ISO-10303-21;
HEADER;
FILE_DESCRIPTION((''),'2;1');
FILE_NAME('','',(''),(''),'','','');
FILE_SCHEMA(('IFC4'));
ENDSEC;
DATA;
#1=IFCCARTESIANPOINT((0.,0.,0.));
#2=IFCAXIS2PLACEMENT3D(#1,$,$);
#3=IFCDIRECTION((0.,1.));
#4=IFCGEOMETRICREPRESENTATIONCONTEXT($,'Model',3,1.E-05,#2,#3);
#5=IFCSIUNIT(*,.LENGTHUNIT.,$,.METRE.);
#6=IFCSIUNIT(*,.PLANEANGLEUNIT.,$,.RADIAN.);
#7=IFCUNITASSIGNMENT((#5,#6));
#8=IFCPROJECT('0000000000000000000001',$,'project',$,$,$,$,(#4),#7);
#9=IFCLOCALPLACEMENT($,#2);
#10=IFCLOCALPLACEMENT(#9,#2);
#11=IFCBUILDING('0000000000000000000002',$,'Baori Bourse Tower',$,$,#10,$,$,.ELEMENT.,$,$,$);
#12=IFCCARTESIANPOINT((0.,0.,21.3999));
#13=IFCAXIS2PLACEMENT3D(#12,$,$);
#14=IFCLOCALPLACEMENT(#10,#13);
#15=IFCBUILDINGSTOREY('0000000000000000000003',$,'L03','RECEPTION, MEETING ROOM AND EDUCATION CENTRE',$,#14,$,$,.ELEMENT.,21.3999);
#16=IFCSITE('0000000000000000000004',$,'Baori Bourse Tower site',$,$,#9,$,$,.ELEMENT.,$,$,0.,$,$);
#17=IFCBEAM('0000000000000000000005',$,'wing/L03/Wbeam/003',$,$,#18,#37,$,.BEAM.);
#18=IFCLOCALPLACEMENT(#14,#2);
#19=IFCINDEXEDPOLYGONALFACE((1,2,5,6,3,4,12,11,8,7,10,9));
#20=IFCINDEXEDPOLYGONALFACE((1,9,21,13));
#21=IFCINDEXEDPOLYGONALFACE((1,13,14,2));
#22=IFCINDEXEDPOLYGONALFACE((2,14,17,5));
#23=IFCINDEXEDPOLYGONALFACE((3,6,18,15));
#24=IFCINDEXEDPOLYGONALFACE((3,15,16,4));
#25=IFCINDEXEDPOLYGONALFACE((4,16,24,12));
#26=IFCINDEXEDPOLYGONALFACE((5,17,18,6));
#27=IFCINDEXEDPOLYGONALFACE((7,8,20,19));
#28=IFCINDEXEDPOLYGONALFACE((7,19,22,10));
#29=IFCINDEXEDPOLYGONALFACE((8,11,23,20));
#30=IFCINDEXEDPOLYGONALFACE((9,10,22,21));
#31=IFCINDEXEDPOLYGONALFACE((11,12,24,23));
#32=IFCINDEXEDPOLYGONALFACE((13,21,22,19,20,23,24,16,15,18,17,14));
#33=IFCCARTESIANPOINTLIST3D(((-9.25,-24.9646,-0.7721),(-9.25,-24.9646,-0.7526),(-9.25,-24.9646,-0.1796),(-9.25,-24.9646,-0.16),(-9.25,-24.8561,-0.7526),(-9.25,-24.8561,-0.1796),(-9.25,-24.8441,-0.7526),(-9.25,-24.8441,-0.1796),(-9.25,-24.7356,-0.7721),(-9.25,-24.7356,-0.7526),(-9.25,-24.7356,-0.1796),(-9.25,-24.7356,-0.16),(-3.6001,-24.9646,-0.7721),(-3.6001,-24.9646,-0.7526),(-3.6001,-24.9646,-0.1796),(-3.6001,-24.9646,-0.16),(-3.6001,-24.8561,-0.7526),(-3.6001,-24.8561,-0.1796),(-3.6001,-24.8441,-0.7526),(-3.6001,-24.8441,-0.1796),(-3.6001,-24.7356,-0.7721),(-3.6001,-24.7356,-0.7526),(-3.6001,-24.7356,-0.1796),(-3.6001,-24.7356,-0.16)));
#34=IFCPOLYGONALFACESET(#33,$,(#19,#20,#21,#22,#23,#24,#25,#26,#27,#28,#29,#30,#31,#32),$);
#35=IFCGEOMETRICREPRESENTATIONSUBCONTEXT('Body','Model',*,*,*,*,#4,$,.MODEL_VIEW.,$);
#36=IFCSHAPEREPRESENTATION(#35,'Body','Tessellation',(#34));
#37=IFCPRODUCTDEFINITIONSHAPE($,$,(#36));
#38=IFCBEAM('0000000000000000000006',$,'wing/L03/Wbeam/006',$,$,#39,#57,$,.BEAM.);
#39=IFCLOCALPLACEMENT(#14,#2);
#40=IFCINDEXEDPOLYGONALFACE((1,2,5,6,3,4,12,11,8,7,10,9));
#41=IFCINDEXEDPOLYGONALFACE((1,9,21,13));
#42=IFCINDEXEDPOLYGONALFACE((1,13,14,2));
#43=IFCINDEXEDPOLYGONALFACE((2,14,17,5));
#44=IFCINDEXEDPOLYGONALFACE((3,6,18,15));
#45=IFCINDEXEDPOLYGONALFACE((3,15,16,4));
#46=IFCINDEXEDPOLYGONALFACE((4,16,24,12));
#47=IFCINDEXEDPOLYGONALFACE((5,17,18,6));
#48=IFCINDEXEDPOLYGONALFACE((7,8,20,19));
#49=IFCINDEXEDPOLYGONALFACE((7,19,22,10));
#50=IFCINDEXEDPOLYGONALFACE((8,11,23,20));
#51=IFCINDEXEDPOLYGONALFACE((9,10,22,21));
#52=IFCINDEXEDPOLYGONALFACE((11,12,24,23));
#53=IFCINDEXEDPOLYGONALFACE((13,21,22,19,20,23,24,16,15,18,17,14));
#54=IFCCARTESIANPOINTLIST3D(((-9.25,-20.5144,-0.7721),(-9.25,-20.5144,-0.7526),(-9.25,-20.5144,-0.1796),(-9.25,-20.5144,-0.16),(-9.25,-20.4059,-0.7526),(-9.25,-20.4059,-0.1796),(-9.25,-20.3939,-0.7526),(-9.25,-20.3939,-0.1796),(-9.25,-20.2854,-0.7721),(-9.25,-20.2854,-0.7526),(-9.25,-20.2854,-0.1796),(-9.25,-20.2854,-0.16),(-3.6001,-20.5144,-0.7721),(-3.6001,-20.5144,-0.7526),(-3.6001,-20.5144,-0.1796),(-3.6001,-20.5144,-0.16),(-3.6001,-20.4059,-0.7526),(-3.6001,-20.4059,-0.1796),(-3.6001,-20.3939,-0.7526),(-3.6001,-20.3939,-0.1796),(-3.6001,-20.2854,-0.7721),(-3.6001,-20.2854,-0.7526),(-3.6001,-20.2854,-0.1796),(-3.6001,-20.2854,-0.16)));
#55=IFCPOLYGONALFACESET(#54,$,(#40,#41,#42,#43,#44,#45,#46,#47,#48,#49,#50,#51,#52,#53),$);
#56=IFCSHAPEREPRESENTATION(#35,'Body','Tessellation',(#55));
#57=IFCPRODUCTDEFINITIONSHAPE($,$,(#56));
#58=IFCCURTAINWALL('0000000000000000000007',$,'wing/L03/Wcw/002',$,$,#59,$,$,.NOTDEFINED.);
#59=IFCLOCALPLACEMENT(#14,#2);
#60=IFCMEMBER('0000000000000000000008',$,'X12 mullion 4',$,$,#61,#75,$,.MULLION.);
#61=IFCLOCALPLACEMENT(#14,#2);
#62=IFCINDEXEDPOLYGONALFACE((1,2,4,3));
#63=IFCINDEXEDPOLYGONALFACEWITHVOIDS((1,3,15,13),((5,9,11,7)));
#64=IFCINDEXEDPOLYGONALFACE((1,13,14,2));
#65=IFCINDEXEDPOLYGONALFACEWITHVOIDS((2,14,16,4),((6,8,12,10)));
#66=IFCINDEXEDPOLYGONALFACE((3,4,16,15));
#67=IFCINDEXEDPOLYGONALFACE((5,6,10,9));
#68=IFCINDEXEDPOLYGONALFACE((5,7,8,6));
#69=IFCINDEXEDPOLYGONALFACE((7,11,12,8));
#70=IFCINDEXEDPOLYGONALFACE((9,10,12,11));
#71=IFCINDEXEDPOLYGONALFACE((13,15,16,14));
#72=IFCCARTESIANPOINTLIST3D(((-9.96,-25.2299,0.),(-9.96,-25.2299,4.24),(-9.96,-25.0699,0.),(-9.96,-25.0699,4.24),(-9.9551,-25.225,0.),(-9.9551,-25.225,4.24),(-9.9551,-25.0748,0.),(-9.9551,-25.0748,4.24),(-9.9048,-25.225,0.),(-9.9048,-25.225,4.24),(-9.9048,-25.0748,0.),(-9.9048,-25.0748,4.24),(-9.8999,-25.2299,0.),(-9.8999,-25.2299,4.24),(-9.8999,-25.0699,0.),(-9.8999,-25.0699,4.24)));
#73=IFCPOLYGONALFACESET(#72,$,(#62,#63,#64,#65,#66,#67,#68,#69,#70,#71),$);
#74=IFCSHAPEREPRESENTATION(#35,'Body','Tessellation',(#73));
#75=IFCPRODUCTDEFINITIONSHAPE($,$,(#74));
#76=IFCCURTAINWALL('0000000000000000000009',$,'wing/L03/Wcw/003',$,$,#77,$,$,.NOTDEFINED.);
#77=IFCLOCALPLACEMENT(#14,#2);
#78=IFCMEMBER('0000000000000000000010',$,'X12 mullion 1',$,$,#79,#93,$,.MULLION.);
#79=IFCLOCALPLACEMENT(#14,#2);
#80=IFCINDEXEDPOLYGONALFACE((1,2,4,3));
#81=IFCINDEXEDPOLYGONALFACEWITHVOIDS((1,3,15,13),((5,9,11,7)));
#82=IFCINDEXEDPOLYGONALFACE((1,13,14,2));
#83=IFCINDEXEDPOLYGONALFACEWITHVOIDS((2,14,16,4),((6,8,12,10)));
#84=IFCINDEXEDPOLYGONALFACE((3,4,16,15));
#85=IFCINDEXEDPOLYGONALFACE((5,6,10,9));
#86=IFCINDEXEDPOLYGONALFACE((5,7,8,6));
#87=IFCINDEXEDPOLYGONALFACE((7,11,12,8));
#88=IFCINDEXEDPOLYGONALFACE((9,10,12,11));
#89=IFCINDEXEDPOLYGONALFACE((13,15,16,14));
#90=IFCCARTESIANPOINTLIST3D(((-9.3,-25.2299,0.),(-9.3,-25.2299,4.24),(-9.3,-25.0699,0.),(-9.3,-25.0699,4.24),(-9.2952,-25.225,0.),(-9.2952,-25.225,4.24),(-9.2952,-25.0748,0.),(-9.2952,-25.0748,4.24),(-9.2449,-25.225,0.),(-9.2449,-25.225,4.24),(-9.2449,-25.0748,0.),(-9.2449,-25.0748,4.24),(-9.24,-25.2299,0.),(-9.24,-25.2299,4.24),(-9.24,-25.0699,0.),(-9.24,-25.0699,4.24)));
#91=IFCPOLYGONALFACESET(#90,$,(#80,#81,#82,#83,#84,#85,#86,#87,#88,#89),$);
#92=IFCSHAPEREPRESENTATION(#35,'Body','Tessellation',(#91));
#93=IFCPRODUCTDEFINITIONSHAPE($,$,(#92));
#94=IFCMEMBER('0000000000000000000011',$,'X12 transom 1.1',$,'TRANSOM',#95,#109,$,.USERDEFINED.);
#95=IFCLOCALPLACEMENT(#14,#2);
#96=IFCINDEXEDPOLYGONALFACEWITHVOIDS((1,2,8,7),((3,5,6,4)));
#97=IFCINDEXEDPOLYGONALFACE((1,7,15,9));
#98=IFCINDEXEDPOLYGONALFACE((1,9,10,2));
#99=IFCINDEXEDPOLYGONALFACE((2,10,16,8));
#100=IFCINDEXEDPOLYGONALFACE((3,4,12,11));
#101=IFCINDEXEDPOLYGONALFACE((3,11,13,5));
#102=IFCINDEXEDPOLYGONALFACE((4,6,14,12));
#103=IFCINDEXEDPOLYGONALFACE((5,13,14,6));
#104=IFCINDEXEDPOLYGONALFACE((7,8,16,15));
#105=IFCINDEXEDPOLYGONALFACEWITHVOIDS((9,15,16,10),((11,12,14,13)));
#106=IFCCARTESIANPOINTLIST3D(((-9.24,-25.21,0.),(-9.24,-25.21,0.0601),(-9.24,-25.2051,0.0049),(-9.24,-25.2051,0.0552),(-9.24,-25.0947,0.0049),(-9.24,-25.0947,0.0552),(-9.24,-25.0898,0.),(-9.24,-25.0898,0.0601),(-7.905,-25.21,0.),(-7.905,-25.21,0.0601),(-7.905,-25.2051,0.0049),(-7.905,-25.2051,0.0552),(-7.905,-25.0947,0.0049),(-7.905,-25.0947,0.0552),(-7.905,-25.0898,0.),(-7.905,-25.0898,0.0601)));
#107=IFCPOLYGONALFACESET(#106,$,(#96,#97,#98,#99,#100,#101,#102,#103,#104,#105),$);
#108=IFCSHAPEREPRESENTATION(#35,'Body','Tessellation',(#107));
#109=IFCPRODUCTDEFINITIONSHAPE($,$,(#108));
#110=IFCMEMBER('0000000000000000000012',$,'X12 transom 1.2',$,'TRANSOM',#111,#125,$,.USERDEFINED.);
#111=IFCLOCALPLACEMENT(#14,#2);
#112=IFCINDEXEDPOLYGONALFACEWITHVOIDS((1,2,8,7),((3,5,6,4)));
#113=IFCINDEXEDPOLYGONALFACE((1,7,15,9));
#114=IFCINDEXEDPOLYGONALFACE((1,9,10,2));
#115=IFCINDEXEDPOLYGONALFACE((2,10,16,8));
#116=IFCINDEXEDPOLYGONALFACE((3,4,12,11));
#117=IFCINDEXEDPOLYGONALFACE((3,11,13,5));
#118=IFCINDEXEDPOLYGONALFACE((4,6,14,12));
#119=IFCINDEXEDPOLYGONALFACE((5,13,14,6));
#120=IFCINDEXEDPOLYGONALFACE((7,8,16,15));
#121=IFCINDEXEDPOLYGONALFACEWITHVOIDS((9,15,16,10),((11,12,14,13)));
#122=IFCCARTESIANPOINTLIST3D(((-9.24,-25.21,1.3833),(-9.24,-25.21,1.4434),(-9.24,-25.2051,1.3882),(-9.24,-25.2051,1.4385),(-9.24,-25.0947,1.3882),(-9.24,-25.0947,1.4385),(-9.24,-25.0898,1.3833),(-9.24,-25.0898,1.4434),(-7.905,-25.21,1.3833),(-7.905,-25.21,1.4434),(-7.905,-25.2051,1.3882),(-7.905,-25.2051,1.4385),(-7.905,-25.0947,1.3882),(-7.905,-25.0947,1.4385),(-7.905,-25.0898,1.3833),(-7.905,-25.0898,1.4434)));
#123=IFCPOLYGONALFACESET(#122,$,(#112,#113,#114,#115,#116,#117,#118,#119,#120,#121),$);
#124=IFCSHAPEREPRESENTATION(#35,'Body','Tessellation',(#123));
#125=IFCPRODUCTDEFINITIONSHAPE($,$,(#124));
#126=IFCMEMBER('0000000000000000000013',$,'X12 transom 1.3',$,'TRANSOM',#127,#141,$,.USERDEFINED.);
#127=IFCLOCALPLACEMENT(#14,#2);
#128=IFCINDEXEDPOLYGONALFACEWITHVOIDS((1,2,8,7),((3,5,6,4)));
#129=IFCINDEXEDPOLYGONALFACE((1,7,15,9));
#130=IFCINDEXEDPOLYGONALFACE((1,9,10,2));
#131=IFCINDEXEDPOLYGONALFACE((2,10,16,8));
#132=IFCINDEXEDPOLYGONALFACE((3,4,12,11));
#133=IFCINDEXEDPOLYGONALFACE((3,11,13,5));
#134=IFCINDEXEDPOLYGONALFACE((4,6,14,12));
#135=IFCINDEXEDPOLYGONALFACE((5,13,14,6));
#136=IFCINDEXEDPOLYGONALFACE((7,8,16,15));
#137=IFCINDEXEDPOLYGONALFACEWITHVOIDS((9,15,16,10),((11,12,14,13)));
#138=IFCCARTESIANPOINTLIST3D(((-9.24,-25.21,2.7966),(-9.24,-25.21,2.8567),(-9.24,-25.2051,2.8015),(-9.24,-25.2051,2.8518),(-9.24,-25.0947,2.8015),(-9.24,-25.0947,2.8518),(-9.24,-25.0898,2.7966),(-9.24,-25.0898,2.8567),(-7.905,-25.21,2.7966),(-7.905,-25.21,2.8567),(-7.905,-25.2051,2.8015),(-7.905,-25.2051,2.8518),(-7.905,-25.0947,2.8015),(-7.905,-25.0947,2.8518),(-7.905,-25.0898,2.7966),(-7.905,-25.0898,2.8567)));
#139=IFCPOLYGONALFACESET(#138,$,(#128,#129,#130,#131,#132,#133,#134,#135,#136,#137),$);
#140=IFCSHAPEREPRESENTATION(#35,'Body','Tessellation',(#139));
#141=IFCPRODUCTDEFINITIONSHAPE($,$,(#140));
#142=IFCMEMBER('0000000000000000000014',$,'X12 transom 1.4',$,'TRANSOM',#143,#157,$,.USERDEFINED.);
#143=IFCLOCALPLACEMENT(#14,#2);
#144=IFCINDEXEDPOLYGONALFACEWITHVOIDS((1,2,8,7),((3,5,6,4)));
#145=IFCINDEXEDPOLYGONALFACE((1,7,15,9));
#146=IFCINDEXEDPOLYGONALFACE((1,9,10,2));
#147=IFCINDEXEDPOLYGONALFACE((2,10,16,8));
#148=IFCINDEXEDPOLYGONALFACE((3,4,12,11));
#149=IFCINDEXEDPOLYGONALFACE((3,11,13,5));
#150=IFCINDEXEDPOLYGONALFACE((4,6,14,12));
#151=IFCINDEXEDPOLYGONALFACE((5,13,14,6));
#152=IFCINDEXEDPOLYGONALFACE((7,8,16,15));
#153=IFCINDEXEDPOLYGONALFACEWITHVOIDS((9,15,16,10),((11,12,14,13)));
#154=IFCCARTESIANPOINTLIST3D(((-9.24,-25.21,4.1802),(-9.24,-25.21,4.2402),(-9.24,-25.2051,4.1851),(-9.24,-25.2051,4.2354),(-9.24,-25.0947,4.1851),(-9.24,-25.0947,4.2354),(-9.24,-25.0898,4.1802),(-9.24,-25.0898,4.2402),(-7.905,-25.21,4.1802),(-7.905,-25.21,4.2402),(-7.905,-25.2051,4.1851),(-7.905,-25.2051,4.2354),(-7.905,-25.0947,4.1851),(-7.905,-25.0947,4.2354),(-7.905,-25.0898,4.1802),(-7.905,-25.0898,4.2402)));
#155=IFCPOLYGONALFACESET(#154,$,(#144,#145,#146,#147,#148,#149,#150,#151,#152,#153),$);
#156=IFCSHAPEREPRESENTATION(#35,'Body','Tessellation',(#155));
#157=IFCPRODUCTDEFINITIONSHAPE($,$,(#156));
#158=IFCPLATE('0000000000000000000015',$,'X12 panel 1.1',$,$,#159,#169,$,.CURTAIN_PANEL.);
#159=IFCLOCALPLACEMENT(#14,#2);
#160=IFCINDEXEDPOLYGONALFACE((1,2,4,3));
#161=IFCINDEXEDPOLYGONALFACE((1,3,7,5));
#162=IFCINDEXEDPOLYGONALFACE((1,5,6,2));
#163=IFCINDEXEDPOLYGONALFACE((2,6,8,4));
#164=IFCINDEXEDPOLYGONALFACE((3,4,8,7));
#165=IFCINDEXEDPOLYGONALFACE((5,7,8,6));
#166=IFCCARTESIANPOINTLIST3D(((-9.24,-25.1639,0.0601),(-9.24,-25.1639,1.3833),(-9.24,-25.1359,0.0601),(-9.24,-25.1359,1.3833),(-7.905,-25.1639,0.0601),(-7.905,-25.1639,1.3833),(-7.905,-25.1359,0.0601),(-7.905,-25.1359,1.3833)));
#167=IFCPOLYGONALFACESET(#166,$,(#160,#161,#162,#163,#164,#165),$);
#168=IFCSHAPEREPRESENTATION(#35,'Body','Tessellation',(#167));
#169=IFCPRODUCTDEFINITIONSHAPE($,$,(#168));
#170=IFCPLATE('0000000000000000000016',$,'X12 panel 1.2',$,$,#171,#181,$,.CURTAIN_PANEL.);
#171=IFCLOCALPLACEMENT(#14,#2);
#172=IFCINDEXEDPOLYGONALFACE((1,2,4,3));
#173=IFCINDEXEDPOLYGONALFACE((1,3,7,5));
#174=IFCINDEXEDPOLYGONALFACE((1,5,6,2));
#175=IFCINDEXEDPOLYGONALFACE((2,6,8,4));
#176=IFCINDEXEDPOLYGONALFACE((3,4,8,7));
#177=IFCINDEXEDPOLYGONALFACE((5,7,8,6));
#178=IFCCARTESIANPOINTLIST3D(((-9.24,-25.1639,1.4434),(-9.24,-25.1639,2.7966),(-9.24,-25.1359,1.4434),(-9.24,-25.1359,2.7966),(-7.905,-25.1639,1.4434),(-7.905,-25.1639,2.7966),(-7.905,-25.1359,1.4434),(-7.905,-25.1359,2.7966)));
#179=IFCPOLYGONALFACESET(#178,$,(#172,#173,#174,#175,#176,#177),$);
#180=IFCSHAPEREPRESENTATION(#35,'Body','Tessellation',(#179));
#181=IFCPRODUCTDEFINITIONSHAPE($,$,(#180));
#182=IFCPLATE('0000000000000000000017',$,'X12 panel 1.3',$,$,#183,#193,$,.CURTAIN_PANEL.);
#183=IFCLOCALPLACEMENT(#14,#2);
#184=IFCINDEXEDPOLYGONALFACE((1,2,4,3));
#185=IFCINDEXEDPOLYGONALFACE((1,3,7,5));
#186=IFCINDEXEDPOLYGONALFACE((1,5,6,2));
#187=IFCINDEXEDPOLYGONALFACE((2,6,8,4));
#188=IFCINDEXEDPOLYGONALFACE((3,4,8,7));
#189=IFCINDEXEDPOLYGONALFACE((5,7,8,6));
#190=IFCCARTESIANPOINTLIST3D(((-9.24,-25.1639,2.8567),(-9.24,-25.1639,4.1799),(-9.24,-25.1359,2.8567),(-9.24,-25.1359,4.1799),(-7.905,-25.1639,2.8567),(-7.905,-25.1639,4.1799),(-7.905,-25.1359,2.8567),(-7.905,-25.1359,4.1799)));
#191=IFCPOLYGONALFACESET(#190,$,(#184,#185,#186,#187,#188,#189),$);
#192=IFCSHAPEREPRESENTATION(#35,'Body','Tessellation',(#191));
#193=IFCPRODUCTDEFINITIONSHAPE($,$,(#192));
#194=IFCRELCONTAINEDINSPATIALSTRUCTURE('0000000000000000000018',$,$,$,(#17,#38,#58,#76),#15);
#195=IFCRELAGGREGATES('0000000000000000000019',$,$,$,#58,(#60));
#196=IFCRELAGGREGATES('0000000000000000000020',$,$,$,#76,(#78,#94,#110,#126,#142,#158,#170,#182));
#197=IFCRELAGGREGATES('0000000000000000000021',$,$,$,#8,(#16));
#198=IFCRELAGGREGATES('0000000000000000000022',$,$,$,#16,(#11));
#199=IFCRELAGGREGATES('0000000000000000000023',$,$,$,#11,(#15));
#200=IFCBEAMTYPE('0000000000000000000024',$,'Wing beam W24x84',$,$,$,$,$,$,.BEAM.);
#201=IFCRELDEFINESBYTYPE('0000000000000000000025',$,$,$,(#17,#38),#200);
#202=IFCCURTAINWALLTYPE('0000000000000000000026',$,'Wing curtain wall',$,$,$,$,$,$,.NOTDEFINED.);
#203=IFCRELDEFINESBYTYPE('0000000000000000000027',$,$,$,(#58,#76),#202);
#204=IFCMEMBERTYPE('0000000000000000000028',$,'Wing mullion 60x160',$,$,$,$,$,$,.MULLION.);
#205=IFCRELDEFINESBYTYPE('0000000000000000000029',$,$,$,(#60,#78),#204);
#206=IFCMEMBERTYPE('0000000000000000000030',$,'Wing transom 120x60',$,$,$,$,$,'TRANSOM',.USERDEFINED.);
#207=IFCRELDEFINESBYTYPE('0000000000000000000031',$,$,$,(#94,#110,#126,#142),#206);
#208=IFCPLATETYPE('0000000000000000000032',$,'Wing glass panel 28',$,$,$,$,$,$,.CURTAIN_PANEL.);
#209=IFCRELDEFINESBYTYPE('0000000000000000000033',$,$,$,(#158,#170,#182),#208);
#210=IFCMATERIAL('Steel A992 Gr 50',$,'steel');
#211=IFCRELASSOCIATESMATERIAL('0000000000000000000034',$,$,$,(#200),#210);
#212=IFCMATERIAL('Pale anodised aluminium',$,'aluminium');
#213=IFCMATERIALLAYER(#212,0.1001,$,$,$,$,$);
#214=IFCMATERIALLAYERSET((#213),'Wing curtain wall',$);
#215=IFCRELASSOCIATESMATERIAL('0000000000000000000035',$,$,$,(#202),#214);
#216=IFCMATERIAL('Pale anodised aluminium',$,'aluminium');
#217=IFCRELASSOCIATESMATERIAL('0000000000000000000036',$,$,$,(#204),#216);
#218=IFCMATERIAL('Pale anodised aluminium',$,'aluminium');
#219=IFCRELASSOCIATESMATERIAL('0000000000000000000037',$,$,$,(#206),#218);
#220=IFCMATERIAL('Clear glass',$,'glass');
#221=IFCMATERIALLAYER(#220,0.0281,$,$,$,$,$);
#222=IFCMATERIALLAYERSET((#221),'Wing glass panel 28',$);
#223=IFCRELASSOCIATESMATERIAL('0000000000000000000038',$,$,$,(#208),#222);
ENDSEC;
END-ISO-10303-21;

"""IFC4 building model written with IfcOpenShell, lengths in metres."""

from ifc_helpers import new_model, si_unit, direction, frame, origin, origin_2d, place, context, subcontext, project, spatial, rectangle, hollow_rectangle, i_section, extrude, material, layer, layer_set, material_profile, profile_set, type_object, element, aggregate, save


model = new_model("IFC4")

# Units and contexts
model_context = context("Model", 3, precision=1e-05, world=origin(), true_north=direction((0.0, 1.0)))
body_context = subcontext(model_context, "Body", "Model", "MODEL_VIEW")
ifc_project = project(units=[si_unit("LENGTHUNIT", "METRE"), si_unit("PLANEANGLEUNIT", "RADIAN")], contexts=[model_context])

# Site, building, storey
site_placement = place(None, origin())
site = spatial("IfcSite", under=ifc_project, at=site_placement, Name="Baori Bourse Tower site", CompositionType="ELEMENT", RefElevation=0.0)
building_placement = place(site_placement, origin())
building = spatial("IfcBuilding", under=site, at=building_placement, Name="Baori Bourse Tower", CompositionType="ELEMENT")
storey_placement = place(building_placement, frame((0.0, 0.0, 21.3999)))
storey = spatial("IfcBuildingStorey", under=building, at=storey_placement, Name="L03", Description="RECEPTION, MEETING ROOM AND EDUCATION CENTRE", CompositionType="ELEMENT", Elevation=21.3999)

# Beams
ifc_material_1 = material(Name="Steel A992 Gr 50", Category="steel")
ifc_material_profile_1 = material_profile(ifc_material_1, i_section(OverallWidth=0.229, OverallDepth=0.6121, WebThickness=0.012, FlangeThickness=0.0195, at=origin_2d()), Name="W24x84")
ifc_profile_set_1 = profile_set([ifc_material_profile_1], Name="Steel A992 Gr 50")
beam_type_1 = type_object("IfcBeamType", Name="Wing beam W24x84", PredefinedType="BEAM", material=ifc_profile_set_1)
for number, where, z_axis, x_axis, name in (
    (1, (-9.25, -24.8501, -0.4661), (1.0, 0.0, 0.0), (0.0, 1.0, 0.0), "wing/L03/Wbeam/003"),
    (2, (-9.25, -20.3999, -0.4661), (1.0, 0.0, 0.0), (0.0, 1.0, 0.0), "wing/L03/Wbeam/006"),
):
    element("IfcBeam", number, at=place(storey_placement, frame(where, z_axis=z_axis, x_axis=x_axis)), inside=storey, type_object=beam_type_1, Name=name, PredefinedType="BEAM", context=body_context, shape_type="SweptSolid", body=[
        extrude(i_section(OverallWidth=0.229, OverallDepth=0.6121, WebThickness=0.012, FlangeThickness=0.0195, at=origin_2d()), origin(), (0.0, 0.0, 1.0), 5.6499),
    ])

# Curtain wall, member
ifc_material_2 = material(Name="Pale anodised aluminium", Category="aluminium")
ifc_layer_1 = layer(ifc_material_2, 0.1001)
ifc_layer_set_1 = layer_set([ifc_layer_1], Name="Wing curtain wall")
curtain_wall_type = type_object("IfcCurtainWallType", Name="Wing curtain wall", PredefinedType="NOTDEFINED", material=ifc_layer_set_1)
curtain_wall_1_placement = place(storey_placement, origin())
curtain_wall_1 = element("IfcCurtainWall", 3, at=curtain_wall_1_placement, inside=storey, type_object=curtain_wall_type, Name="wing/L03/Wcw/002", PredefinedType="NOTDEFINED")
ifc_material_3 = material(Name="Pale anodised aluminium", Category="aluminium")
ifc_material_profile_2 = material_profile(ifc_material_3, hollow_rectangle(XDim=0.1599, YDim=0.0601, WallThickness=0.0049, at=origin_2d()), Name="Mullion 160x60x5")
ifc_profile_set_2 = profile_set([ifc_material_profile_2], Name="Pale anodised aluminium")
member_type_1 = type_object("IfcMemberType", Name="Wing mullion 60x160", PredefinedType="MULLION", material=ifc_profile_set_2)
member_1_placement = place(storey_placement, frame((-9.9299, -25.1499, 0.0), z_axis=(0.0, 0.0, 1.0), x_axis=(0.0, 1.0, 0.0)))
member_1 = element("IfcMember", 4, at=member_1_placement, type_object=member_type_1, Name="X12 mullion 4", PredefinedType="MULLION", context=body_context, shape_type="SweptSolid", body=[
    extrude(hollow_rectangle(XDim=0.1599, YDim=0.0601, WallThickness=0.0049, at=origin_2d()), origin(), (0.0, 0.0, 1.0), 4.24),
])
aggregate(curtain_wall_1, [member_1])

# Curtain wall, members, plates
curtain_wall_2_placement = place(storey_placement, origin())
curtain_wall_2 = element("IfcCurtainWall", 5, at=curtain_wall_2_placement, inside=storey, type_object=curtain_wall_type, Name="wing/L03/Wcw/003", PredefinedType="NOTDEFINED")
member_2_placement = place(storey_placement, frame((-9.27, -25.1499, 0.0), z_axis=(0.0, 0.0, 1.0), x_axis=(0.0, 1.0, 0.0)))
member_2 = element("IfcMember", 6, at=member_2_placement, type_object=member_type_1, Name="X12 mullion 1", PredefinedType="MULLION", context=body_context, shape_type="SweptSolid", body=[
    extrude(hollow_rectangle(XDim=0.1599, YDim=0.0601, WallThickness=0.0049, at=origin_2d()), origin(), (0.0, 0.0, 1.0), 4.24),
])
ifc_material_4 = material(Name="Pale anodised aluminium", Category="aluminium")
ifc_material_profile_3 = material_profile(ifc_material_4, hollow_rectangle(XDim=0.1201, YDim=0.0601, WallThickness=0.0049, at=origin_2d()), Name="Transom 120x60x5")
ifc_profile_set_3 = profile_set([ifc_material_profile_3], Name="Pale anodised aluminium")
member_type_2 = type_object("IfcMemberType", Name="Wing transom 120x60", ElementType="TRANSOM", PredefinedType="USERDEFINED", material=ifc_profile_set_3)
member_3_placement = place(storey_placement, frame((-9.24, -25.1499, 0.03), z_axis=(1.0, 0.0, 0.0), x_axis=(0.0, 1.0, 0.0)))
member_3 = element("IfcMember", 7, at=member_3_placement, type_object=member_type_2, Name="X12 transom 1.1", ObjectType="TRANSOM", PredefinedType="USERDEFINED", context=body_context, shape_type="SweptSolid", body=[
    extrude(hollow_rectangle(XDim=0.1201, YDim=0.0601, WallThickness=0.0049, at=origin_2d()), origin(), (0.0, 0.0, 1.0), 1.335),
])
member_4_placement = place(storey_placement, frame((-9.24, -25.1499, 1.4133), z_axis=(1.0, 0.0, 0.0), x_axis=(0.0, 1.0, 0.0)))
member_4 = element("IfcMember", 8, at=member_4_placement, type_object=member_type_2, Name="X12 transom 1.2", ObjectType="TRANSOM", PredefinedType="USERDEFINED", context=body_context, shape_type="SweptSolid", body=[
    extrude(hollow_rectangle(XDim=0.1201, YDim=0.0601, WallThickness=0.0049, at=origin_2d()), origin(), (0.0, 0.0, 1.0), 1.335),
])
member_5_placement = place(storey_placement, frame((-9.24, -25.1499, 2.8267), z_axis=(1.0, 0.0, 0.0), x_axis=(0.0, 1.0, 0.0)))
member_5 = element("IfcMember", 9, at=member_5_placement, type_object=member_type_2, Name="X12 transom 1.3", ObjectType="TRANSOM", PredefinedType="USERDEFINED", context=body_context, shape_type="SweptSolid", body=[
    extrude(hollow_rectangle(XDim=0.1201, YDim=0.0601, WallThickness=0.0049, at=origin_2d()), origin(), (0.0, 0.0, 1.0), 1.335),
])
member_6_placement = place(storey_placement, frame((-9.24, -25.1499, 4.2102), z_axis=(1.0, 0.0, 0.0), x_axis=(0.0, 1.0, 0.0)))
member_6 = element("IfcMember", 10, at=member_6_placement, type_object=member_type_2, Name="X12 transom 1.4", ObjectType="TRANSOM", PredefinedType="USERDEFINED", context=body_context, shape_type="SweptSolid", body=[
    extrude(hollow_rectangle(XDim=0.1201, YDim=0.0601, WallThickness=0.0049, at=origin_2d()), origin(), (0.0, 0.0, 1.0), 1.335),
])
ifc_material_5 = material(Name="Clear glass", Category="glass")
ifc_layer_2 = layer(ifc_material_5, 0.0281)
ifc_layer_set_2 = layer_set([ifc_layer_2], Name="Wing glass panel 28")
plate_type = type_object("IfcPlateType", Name="Wing glass panel 28", PredefinedType="CURTAIN_PANEL", material=ifc_layer_set_2)
plate_1_placement = place(storey_placement, frame((-8.5725, -25.1499, 0.0601), z_axis=(0.0, 0.0, 1.0), x_axis=(1.0, 0.0, 0.0)))
plate_1 = element("IfcPlate", 11, at=plate_1_placement, type_object=plate_type, Name="X12 panel 1.1", PredefinedType="CURTAIN_PANEL", context=body_context, shape_type="SweptSolid", body=[
    extrude(rectangle(XDim=1.335, YDim=0.0281, at=origin_2d()), origin(), (0.0, 0.0, 1.0), 1.3232),
])
plate_2_placement = place(storey_placement, frame((-8.5725, -25.1499, 1.4434), z_axis=(0.0, 0.0, 1.0), x_axis=(1.0, 0.0, 0.0)))
plate_2 = element("IfcPlate", 12, at=plate_2_placement, type_object=plate_type, Name="X12 panel 1.2", PredefinedType="CURTAIN_PANEL", context=body_context, shape_type="SweptSolid", body=[
    extrude(rectangle(XDim=1.335, YDim=0.0281, at=origin_2d()), origin(), (0.0, 0.0, 1.0), 1.3533),
])
plate_3_placement = place(storey_placement, frame((-8.5725, -25.1499, 2.8567), z_axis=(0.0, 0.0, 1.0), x_axis=(1.0, 0.0, 0.0)))
plate_3 = element("IfcPlate", 13, at=plate_3_placement, type_object=plate_type, Name="X12 panel 1.3", PredefinedType="CURTAIN_PANEL", context=body_context, shape_type="SweptSolid", body=[
    extrude(rectangle(XDim=1.335, YDim=0.0281, at=origin_2d()), origin(), (0.0, 0.0, 1.0), 1.3232),
])
aggregate(curtain_wall_2, [member_2, member_3, member_4, member_5, member_6, plate_1, plate_2, plate_3])

save(model, "model.ifc")
